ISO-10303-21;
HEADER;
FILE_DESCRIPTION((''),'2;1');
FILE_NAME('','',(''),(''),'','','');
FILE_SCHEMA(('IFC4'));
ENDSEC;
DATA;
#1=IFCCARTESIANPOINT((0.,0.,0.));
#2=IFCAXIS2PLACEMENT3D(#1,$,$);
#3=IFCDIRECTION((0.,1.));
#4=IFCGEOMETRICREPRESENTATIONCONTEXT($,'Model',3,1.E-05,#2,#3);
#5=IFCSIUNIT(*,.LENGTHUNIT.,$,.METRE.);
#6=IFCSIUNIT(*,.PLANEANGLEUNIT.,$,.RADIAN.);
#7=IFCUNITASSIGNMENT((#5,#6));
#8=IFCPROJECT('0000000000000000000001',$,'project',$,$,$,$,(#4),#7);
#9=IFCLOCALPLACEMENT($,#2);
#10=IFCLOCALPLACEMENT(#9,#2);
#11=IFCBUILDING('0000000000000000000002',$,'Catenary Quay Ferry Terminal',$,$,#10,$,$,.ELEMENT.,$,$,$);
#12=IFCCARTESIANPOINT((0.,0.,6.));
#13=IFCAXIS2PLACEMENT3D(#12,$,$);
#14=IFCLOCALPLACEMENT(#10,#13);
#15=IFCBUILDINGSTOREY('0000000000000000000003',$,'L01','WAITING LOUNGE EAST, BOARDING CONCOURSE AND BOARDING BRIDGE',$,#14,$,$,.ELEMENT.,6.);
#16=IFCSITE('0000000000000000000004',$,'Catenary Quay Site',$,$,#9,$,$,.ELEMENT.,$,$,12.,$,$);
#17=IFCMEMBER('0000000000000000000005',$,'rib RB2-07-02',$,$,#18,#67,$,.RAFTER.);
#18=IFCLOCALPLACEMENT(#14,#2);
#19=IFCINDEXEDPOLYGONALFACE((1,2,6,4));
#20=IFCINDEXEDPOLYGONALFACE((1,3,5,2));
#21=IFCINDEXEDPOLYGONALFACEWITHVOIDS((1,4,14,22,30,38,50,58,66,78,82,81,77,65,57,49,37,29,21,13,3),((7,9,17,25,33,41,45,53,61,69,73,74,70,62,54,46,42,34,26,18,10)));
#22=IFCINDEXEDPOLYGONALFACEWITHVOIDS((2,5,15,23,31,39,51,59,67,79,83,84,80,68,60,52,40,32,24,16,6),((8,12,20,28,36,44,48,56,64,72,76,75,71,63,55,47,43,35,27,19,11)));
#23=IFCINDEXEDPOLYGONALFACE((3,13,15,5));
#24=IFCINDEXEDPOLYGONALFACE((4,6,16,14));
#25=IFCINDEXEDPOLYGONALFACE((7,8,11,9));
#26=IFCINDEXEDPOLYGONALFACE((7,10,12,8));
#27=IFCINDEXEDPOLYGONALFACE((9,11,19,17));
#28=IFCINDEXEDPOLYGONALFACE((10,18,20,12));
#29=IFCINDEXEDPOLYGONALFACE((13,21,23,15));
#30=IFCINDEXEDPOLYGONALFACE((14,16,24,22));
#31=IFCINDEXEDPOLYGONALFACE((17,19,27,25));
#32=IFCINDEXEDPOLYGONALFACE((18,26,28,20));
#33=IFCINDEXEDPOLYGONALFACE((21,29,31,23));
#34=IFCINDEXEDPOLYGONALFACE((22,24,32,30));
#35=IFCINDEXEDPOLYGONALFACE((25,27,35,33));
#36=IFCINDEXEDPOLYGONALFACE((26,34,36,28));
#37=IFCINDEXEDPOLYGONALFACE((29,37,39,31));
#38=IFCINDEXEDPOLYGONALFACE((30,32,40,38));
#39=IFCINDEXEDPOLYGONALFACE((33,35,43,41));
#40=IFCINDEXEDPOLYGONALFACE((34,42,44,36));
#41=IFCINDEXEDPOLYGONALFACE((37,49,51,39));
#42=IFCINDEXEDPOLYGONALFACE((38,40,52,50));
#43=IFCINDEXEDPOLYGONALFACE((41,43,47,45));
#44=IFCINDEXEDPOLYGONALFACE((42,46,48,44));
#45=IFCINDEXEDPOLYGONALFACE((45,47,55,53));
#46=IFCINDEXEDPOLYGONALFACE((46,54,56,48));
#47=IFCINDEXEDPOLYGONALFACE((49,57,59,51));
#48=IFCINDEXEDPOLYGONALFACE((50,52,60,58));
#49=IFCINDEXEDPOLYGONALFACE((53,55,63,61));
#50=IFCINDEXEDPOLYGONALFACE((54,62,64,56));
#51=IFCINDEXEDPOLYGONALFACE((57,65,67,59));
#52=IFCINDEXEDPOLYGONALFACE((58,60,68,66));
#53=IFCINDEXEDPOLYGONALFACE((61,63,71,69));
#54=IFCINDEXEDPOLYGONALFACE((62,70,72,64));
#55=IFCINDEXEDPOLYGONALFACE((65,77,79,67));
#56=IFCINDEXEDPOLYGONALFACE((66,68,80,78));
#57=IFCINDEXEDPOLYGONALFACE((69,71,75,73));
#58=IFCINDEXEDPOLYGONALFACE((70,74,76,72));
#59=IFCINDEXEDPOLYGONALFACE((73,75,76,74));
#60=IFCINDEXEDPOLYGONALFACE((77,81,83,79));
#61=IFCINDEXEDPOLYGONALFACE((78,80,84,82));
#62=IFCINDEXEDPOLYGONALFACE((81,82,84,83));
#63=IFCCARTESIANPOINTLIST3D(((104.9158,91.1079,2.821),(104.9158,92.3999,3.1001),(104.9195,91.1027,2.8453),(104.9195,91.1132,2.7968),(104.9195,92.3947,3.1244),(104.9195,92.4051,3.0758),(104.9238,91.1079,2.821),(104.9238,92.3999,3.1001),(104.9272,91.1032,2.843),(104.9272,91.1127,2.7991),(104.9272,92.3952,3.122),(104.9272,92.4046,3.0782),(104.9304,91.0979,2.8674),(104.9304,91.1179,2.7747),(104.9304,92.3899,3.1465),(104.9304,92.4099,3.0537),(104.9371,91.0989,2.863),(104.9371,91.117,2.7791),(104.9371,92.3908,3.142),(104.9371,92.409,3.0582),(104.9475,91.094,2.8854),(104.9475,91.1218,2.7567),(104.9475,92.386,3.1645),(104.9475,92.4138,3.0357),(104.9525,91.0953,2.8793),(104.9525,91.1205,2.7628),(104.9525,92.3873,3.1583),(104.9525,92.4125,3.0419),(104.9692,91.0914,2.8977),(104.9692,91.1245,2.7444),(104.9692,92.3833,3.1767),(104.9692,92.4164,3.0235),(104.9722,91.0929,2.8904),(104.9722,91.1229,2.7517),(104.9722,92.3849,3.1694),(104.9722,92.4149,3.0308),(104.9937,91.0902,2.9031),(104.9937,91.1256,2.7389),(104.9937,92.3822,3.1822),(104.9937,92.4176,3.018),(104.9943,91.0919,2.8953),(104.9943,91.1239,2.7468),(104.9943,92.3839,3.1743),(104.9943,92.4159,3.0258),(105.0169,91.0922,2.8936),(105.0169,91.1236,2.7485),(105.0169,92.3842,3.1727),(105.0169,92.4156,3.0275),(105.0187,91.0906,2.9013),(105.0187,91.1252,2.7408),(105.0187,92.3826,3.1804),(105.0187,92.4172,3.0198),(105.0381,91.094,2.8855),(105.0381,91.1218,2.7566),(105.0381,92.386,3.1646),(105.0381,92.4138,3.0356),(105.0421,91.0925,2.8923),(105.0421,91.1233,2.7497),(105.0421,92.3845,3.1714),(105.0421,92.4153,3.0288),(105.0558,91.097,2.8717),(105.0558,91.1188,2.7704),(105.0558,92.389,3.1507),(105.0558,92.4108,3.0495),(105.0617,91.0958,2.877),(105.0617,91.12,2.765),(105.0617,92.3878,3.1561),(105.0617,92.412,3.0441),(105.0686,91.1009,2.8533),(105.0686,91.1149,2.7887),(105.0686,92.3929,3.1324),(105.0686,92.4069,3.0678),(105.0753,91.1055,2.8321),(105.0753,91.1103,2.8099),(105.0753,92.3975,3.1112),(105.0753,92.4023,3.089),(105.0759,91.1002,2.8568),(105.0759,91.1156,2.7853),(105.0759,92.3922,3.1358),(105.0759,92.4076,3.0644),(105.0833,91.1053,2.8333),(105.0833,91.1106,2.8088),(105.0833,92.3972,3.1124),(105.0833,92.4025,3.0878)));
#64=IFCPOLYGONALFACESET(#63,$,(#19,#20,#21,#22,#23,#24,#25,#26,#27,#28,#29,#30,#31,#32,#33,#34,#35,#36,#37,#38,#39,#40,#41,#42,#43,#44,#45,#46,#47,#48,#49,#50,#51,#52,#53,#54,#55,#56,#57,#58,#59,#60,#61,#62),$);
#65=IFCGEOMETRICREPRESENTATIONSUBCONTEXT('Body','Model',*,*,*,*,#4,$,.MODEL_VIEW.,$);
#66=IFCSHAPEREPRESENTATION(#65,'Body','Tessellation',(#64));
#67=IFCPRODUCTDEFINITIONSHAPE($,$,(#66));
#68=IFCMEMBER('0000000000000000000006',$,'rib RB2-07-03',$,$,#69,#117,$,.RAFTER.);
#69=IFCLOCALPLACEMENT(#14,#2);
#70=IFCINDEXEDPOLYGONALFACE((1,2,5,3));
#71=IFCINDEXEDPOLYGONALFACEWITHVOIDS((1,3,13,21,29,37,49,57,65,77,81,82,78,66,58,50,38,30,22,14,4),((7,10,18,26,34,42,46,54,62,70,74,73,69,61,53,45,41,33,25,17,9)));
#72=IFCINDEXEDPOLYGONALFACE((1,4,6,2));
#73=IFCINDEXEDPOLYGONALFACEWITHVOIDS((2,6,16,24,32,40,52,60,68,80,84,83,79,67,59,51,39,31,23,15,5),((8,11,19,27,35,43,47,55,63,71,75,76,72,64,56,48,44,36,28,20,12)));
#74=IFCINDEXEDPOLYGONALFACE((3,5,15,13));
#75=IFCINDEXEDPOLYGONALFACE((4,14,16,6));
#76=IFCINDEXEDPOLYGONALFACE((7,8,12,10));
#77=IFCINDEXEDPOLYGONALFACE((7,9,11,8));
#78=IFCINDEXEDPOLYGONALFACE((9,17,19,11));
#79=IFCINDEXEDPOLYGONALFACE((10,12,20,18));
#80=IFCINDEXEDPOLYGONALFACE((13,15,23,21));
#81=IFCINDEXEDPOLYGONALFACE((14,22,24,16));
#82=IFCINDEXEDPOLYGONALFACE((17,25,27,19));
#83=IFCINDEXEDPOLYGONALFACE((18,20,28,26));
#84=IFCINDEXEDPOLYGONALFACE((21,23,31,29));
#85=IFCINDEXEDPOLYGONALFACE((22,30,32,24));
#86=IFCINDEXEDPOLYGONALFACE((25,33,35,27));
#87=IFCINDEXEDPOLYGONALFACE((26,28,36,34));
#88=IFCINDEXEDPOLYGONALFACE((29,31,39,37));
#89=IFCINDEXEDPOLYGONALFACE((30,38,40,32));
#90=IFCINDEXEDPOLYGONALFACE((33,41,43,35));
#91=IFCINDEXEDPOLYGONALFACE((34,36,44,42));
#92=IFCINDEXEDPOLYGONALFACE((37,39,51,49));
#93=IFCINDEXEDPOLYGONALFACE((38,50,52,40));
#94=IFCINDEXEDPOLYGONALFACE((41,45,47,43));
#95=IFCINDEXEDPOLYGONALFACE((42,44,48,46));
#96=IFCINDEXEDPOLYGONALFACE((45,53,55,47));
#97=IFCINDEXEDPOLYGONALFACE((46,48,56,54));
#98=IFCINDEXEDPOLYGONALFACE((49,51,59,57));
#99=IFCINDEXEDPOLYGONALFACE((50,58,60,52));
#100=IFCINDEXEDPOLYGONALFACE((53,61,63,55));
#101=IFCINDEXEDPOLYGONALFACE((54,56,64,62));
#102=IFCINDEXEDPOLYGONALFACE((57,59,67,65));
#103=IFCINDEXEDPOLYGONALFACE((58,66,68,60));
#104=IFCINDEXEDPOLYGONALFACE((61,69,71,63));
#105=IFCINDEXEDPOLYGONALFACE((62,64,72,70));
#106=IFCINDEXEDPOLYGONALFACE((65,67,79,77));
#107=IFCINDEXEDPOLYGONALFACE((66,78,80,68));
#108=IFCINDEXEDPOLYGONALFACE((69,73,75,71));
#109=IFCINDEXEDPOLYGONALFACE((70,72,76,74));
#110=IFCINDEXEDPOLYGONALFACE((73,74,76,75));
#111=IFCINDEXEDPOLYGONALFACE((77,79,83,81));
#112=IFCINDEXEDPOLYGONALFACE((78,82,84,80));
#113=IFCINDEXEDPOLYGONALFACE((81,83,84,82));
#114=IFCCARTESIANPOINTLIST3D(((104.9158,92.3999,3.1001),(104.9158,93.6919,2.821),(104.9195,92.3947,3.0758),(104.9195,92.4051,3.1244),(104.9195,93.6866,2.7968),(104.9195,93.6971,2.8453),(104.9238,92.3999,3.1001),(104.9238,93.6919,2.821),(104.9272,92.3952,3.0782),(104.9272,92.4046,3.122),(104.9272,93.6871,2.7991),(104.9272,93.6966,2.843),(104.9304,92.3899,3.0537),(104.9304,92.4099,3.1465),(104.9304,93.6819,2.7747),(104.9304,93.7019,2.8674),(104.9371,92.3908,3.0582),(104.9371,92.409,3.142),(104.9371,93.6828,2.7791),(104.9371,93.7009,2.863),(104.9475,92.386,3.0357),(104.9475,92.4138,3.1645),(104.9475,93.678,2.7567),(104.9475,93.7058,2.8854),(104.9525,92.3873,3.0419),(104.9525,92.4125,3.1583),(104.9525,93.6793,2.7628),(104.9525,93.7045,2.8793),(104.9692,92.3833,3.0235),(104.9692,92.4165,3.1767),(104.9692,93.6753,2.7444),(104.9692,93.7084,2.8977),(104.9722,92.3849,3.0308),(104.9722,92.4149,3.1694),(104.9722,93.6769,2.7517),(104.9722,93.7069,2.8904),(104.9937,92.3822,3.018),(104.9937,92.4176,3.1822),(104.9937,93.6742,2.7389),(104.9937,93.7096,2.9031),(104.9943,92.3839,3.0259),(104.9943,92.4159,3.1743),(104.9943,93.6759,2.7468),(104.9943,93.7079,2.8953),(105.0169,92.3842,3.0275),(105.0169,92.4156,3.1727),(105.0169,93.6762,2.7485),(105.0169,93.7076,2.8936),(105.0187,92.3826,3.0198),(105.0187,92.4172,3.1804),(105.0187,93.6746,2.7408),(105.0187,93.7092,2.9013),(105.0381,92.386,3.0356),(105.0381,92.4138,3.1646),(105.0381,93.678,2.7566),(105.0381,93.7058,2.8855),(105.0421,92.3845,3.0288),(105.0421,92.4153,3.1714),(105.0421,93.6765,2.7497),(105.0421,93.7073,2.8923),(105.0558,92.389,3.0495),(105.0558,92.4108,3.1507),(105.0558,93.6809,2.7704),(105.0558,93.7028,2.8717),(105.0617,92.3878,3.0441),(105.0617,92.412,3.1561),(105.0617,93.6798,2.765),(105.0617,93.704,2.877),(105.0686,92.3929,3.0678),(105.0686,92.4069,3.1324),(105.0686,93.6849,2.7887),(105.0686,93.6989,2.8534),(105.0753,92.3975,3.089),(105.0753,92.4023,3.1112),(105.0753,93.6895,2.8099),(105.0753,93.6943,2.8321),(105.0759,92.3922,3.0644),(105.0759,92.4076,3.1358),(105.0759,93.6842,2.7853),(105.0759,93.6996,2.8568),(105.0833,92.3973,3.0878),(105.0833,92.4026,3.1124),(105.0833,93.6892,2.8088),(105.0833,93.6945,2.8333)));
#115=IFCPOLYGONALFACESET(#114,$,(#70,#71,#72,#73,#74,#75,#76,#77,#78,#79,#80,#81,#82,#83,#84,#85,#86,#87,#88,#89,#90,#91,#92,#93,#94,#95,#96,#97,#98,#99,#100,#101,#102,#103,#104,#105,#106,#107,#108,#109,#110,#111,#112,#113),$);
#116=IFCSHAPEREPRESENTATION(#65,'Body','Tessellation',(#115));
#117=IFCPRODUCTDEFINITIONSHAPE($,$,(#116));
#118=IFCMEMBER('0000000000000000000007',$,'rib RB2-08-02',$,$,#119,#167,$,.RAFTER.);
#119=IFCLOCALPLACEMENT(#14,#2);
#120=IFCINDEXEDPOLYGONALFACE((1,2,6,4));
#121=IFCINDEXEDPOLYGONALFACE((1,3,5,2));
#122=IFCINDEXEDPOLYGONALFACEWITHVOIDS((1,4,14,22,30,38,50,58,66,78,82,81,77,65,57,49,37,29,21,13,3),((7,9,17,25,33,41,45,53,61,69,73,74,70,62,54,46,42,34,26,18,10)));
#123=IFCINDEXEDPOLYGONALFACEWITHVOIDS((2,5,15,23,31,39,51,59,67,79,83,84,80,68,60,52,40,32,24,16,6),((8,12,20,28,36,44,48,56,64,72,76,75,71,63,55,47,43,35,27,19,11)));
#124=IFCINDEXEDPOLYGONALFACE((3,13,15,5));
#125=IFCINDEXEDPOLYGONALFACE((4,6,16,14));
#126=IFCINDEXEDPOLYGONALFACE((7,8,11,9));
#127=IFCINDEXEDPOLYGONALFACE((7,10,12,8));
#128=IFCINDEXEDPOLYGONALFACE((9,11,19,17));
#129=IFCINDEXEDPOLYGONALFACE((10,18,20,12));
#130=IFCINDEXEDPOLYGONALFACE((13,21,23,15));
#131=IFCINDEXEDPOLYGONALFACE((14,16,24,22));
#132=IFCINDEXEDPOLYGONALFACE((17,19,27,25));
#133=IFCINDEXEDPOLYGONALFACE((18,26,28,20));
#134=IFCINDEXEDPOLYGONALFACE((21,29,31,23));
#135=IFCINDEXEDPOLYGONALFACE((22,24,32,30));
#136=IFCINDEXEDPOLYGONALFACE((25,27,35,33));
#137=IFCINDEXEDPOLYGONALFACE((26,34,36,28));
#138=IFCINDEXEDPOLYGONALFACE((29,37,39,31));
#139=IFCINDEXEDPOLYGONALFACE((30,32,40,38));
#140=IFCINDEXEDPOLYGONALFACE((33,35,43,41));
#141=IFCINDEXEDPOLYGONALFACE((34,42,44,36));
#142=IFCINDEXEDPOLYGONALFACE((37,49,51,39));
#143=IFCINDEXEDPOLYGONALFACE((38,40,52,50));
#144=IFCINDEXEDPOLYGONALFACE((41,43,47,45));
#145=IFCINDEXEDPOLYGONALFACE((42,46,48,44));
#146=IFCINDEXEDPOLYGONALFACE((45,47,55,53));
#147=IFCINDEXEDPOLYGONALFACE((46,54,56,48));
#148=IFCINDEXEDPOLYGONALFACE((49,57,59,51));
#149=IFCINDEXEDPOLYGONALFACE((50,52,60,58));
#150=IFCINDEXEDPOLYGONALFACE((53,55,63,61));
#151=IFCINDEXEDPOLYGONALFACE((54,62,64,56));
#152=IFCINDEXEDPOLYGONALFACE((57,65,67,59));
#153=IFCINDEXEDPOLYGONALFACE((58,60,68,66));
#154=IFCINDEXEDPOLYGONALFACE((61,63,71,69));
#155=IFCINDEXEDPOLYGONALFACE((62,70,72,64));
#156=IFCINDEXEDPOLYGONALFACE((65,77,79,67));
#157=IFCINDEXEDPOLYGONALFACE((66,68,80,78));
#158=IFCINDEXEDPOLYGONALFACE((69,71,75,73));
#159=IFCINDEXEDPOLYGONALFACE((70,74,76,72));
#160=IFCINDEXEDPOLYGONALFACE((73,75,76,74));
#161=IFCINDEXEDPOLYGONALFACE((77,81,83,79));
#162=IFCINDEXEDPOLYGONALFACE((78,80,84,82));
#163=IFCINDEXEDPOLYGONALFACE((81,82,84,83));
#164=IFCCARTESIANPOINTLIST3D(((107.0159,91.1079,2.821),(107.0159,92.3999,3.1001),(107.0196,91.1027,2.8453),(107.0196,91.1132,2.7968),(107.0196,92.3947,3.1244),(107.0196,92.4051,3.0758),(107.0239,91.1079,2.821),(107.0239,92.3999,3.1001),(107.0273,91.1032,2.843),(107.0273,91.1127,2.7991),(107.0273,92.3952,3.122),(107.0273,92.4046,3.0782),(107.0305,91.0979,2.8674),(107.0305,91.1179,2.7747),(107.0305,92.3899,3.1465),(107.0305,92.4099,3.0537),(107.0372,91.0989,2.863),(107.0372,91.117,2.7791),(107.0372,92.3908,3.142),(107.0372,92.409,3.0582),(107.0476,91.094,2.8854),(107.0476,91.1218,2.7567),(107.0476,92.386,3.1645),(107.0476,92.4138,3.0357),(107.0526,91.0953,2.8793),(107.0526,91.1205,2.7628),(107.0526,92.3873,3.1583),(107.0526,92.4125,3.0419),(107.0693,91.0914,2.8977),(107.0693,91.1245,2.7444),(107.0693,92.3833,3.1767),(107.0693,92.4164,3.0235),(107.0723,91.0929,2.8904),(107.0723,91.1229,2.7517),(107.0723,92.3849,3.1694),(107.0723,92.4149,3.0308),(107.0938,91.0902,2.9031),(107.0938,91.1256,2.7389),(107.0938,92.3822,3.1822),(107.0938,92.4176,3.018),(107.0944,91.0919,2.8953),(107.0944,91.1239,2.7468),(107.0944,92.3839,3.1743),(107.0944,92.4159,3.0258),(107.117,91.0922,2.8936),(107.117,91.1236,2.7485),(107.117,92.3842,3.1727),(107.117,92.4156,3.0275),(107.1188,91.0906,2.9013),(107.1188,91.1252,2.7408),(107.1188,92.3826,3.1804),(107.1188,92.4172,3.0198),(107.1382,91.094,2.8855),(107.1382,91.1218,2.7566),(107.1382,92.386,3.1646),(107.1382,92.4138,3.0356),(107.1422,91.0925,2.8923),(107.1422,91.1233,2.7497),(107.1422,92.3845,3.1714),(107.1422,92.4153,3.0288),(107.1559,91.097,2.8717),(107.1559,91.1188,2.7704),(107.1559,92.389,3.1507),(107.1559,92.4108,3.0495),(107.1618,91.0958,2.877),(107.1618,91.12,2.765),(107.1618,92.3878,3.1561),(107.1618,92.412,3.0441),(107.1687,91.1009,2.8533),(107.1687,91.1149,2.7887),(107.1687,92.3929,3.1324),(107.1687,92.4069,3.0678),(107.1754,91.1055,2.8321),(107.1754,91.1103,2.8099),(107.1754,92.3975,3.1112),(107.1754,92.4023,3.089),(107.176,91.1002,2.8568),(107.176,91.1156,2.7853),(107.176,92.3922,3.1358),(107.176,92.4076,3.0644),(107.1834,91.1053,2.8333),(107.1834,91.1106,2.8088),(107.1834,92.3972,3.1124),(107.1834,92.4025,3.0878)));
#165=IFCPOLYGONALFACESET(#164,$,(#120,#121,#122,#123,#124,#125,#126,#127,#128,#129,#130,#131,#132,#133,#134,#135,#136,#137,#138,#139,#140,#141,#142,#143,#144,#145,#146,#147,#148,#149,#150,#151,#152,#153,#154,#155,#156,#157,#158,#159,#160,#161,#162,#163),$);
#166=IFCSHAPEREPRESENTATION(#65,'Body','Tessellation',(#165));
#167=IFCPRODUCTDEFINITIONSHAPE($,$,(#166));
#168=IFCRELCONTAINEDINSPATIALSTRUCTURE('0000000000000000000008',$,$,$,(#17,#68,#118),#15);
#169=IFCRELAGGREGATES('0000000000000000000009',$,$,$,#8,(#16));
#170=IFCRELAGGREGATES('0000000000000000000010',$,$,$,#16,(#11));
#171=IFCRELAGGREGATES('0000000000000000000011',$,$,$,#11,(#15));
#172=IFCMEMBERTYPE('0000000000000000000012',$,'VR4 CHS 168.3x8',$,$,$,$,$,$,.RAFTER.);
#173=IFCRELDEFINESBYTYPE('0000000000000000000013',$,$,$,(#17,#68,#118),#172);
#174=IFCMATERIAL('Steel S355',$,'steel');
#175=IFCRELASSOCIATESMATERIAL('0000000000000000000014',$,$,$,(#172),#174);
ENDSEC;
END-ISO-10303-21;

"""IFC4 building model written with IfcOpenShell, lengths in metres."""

from ifc_helpers import new_model, si_unit, direction, frame, origin, origin_2d, place, context, subcontext, project, spatial, hollow_circle, extrude, material, material_profile, profile_set, type_object, element, save


model = new_model("IFC4")

# Units and contexts
model_context = context("Model", 3, precision=1e-05, world=origin(), true_north=direction((0.0, 1.0)))
body_context = subcontext(model_context, "Body", "Model", "MODEL_VIEW")
ifc_project = project(units=[si_unit("LENGTHUNIT", "METRE"), si_unit("PLANEANGLEUNIT", "RADIAN")], contexts=[model_context])

# Site, building, storey
site_placement = place(None, origin())
site = spatial("IfcSite", under=ifc_project, at=site_placement, Name="Catenary Quay Site", CompositionType="ELEMENT", RefElevation=12.0)
building_placement = place(site_placement, origin())
building = spatial("IfcBuilding", under=site, at=building_placement, Name="Catenary Quay Ferry Terminal", CompositionType="ELEMENT")
storey_placement = place(building_placement, frame((0.0, 0.0, 6.0)))
storey = spatial("IfcBuildingStorey", under=building, at=storey_placement, Name="L01", Description="WAITING LOUNGE EAST, BOARDING CONCOURSE AND BOARDING BRIDGE", CompositionType="ELEMENT", Elevation=6.0)

# Members
ifc_material_1 = material(Name="Steel S355", Category="steel")
ifc_material_profile_1 = material_profile(ifc_material_1, hollow_circle(Radius=0.0842, WallThickness=0.0081, at=origin_2d()), Name="CHS 168.3x8")
ifc_profile_set_1 = profile_set([ifc_material_profile_1], Name="Steel S355")
member_type_1 = type_object("IfcMemberType", Name="VR4 CHS 168.3x8", PredefinedType="RAFTER", material=ifc_profile_set_1)
for number, where, z_axis, x_axis, name in (
    (1, (105.0, 91.1079, 2.821), (0.0, 0.977461, 0.211118), (-1.0, 0.0, 0.0), "rib RB2-07-02"),
    (2, (105.0, 92.3999, 3.1001), (0.0, 0.977461, -0.211118), (-1.0, 0.0, 0.0), "rib RB2-07-03"),
    (3, (107.1001, 91.1079, 2.821), (0.0, 0.977461, 0.211118), (-1.0, 0.0, 0.0), "rib RB2-08-02"),
):
    element("IfcMember", number, at=place(storey_placement, frame(where, z_axis=z_axis, x_axis=x_axis)), inside=storey, type_object=member_type_1, Name=name, PredefinedType="RAFTER", context=body_context, shape_type="SweptSolid", body=[
        extrude(hollow_circle(Radius=0.0842, WallThickness=0.0081, at=origin_2d()), origin(), (0.0, 0.0, 1.0), 1.3218),
    ])

save(model, "model.ifc")
